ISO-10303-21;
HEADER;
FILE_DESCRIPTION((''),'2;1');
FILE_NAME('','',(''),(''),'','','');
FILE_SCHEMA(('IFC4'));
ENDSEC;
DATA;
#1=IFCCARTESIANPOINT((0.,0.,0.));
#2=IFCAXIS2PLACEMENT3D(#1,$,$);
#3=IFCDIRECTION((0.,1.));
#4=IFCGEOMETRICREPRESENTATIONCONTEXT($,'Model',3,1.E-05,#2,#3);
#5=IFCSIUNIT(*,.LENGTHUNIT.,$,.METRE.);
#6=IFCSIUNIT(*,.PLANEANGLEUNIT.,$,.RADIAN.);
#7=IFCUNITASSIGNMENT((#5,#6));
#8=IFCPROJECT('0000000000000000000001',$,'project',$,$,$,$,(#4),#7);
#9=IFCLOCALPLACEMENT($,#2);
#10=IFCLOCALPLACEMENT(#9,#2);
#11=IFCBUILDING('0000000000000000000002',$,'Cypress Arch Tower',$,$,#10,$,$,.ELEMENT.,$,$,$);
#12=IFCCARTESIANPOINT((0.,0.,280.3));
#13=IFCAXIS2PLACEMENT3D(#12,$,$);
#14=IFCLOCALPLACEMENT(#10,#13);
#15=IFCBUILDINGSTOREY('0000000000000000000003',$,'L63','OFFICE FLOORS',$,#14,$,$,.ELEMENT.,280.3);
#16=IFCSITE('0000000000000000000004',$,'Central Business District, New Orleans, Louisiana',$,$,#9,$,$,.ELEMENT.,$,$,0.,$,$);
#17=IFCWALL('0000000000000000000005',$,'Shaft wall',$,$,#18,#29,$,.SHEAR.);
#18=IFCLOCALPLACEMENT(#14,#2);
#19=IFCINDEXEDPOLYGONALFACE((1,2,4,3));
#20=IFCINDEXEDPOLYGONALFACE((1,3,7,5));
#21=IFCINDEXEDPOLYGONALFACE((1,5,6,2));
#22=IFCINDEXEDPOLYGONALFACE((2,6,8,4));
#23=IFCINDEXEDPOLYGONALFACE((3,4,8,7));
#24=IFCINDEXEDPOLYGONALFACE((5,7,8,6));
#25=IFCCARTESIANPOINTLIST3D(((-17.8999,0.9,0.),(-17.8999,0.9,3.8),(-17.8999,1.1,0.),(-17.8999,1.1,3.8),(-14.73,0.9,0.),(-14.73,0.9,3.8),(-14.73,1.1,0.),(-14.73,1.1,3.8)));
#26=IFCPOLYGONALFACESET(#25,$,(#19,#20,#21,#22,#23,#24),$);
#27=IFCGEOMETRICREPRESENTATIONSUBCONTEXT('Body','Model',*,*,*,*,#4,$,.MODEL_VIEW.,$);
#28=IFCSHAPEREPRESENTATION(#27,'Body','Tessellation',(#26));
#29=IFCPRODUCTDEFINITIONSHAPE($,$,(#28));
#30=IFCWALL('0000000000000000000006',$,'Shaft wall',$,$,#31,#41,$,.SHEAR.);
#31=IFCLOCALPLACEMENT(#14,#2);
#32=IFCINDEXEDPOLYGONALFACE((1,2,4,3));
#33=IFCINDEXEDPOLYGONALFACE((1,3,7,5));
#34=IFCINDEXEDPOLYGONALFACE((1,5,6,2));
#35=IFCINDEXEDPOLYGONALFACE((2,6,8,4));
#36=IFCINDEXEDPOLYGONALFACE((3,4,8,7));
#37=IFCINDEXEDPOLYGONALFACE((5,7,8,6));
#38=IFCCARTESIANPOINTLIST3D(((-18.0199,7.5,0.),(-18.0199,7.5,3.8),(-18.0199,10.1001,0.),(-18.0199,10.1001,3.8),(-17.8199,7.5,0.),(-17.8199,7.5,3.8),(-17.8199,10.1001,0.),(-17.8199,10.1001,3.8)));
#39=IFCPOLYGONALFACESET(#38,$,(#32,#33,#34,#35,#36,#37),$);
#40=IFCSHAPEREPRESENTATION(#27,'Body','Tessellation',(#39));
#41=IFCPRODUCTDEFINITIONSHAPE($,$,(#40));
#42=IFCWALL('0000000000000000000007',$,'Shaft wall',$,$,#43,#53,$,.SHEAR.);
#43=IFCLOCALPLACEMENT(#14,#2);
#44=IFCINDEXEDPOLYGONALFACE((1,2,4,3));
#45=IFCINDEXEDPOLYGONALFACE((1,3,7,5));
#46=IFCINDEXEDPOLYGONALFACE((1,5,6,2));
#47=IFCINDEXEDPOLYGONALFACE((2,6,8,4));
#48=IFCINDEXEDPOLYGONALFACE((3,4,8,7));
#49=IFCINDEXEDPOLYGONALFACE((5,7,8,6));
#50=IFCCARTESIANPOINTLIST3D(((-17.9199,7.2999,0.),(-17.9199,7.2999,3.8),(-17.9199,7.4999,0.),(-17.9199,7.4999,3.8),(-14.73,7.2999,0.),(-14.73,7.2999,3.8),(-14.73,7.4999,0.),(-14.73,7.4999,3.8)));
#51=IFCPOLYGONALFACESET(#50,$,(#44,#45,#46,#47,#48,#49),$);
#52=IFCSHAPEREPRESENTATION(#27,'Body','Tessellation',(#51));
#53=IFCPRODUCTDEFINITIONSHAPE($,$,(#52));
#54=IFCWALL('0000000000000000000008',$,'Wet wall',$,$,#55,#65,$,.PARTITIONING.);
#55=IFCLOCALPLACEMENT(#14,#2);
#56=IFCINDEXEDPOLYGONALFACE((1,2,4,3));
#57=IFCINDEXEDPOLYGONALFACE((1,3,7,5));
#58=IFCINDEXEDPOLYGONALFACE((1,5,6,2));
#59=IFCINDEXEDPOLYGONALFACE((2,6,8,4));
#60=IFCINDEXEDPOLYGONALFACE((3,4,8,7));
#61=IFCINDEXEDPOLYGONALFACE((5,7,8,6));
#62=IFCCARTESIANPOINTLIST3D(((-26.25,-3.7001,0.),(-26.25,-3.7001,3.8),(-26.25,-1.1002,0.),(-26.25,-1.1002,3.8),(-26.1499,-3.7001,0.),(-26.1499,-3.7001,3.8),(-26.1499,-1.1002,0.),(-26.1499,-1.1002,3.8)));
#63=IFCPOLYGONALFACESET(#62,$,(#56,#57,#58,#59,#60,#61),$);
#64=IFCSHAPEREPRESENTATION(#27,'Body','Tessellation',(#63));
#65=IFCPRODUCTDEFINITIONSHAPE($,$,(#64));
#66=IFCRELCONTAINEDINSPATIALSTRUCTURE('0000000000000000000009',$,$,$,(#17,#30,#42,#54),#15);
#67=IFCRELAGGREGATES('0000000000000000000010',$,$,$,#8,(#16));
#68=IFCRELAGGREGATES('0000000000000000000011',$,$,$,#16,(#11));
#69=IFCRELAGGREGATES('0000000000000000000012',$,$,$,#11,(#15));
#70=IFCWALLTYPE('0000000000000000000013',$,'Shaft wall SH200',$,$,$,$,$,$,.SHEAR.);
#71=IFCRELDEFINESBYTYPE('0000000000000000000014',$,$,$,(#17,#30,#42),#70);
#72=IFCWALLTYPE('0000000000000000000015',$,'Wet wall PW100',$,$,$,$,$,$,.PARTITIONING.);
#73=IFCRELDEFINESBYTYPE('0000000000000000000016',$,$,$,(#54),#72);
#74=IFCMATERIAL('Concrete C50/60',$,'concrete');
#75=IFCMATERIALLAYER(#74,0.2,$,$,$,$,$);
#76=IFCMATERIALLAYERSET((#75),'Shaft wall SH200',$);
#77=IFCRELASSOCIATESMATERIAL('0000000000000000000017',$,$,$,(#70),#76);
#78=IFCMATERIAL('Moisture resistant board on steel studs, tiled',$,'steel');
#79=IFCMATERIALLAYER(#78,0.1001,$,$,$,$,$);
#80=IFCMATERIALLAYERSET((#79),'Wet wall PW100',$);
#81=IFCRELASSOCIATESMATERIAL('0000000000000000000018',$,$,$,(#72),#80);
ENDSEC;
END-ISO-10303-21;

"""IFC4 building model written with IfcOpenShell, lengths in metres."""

from ifc_helpers import new_model, si_unit, direction, frame, frame_2d, origin, place, context, subcontext, project, spatial, rectangle, extrude, material, layer, layer_set, type_object, element, save


model = new_model("IFC4")

# Units and contexts
model_context = context("Model", 3, precision=1e-05, world=origin(), true_north=direction((0.0, 1.0)))
body_context = subcontext(model_context, "Body", "Model", "MODEL_VIEW")
ifc_project = project(units=[si_unit("LENGTHUNIT", "METRE"), si_unit("PLANEANGLEUNIT", "RADIAN")], contexts=[model_context])

# Site, building, storey
site_placement = place(None, origin())
site = spatial("IfcSite", under=ifc_project, at=site_placement, Name="Central Business District, New Orleans, Louisiana", CompositionType="ELEMENT", RefElevation=0.0)
building_placement = place(site_placement, origin())
building = spatial("IfcBuilding", under=site, at=building_placement, Name="Cypress Arch Tower", CompositionType="ELEMENT")
storey_placement = place(building_placement, frame((0.0, 0.0, 280.3)))
storey = spatial("IfcBuildingStorey", under=building, at=storey_placement, Name="L63", Description="OFFICE FLOORS", CompositionType="ELEMENT", Elevation=280.3)

# Shared definitions
ifc_material_1 = material(Name="Concrete C50/60", Category="concrete")
ifc_layer_1 = layer(ifc_material_1, 0.2)
ifc_layer_set_1 = layer_set([ifc_layer_1], Name="Shaft wall SH200")
wall_type_1 = type_object("IfcWallType", Name="Shaft wall SH200", PredefinedType="SHEAR", material=ifc_layer_set_1)

# Walls
wall_1_placement = place(storey_placement, frame((-17.8999, 1.0, 0.0), z_axis=(0.0, 0.0, 1.0), x_axis=(1.0, 0.0, 0.0)))
element("IfcWall", 1, at=wall_1_placement, inside=storey, type_object=wall_type_1, Name="Shaft wall", PredefinedType="SHEAR", context=body_context, shape_type="SweptSolid", body=[
    extrude(rectangle(XDim=3.1699, YDim=0.2, at=frame_2d((1.585, 0.0))), origin(), (0.0, 0.0, 1.0), 3.8),
])
wall_2_placement = place(storey_placement, frame((-17.9199, 7.5, 0.0), z_axis=(0.0, 0.0, 1.0), x_axis=(0.0, 1.0, 0.0)))
element("IfcWall", 2, at=wall_2_placement, inside=storey, type_object=wall_type_1, Name="Shaft wall", PredefinedType="SHEAR", context=body_context, shape_type="SweptSolid", body=[
    extrude(rectangle(XDim=2.6001, YDim=0.2, at=frame_2d((1.3, 0.0))), origin(), (0.0, 0.0, 1.0), 3.8),
])
wall_3_placement = place(storey_placement, frame((-17.9199, 7.3999, 0.0), z_axis=(0.0, 0.0, 1.0), x_axis=(1.0, 0.0, 0.0)))
element("IfcWall", 3, at=wall_3_placement, inside=storey, type_object=wall_type_1, Name="Shaft wall", PredefinedType="SHEAR", context=body_context, shape_type="SweptSolid", body=[
    extrude(rectangle(XDim=3.1899, YDim=0.2, at=frame_2d((1.595, 0.0))), origin(), (0.0, 0.0, 1.0), 3.8),
])
ifc_material_2 = material(Name="Moisture resistant board on steel studs, tiled", Category="steel")
ifc_layer_2 = layer(ifc_material_2, 0.1001)
ifc_layer_set_2 = layer_set([ifc_layer_2], Name="Wet wall PW100")
wall_type_2 = type_object("IfcWallType", Name="Wet wall PW100", PredefinedType="PARTITIONING", material=ifc_layer_set_2)
wall_4_placement = place(storey_placement, frame((-26.2, -3.7, 0.0), z_axis=(0.0, 0.0, 1.0), x_axis=(0.0, 1.0, 0.0)))
element("IfcWall", 4, at=wall_4_placement, inside=storey, type_object=wall_type_2, Name="Wet wall", PredefinedType="PARTITIONING", context=body_context, shape_type="SweptSolid", body=[
    extrude(rectangle(XDim=2.5999, YDim=0.1001, at=frame_2d((1.2998, 0.0))), origin(), (0.0, 0.0, 1.0), 3.8),
])

save(model, "model.ifc")
